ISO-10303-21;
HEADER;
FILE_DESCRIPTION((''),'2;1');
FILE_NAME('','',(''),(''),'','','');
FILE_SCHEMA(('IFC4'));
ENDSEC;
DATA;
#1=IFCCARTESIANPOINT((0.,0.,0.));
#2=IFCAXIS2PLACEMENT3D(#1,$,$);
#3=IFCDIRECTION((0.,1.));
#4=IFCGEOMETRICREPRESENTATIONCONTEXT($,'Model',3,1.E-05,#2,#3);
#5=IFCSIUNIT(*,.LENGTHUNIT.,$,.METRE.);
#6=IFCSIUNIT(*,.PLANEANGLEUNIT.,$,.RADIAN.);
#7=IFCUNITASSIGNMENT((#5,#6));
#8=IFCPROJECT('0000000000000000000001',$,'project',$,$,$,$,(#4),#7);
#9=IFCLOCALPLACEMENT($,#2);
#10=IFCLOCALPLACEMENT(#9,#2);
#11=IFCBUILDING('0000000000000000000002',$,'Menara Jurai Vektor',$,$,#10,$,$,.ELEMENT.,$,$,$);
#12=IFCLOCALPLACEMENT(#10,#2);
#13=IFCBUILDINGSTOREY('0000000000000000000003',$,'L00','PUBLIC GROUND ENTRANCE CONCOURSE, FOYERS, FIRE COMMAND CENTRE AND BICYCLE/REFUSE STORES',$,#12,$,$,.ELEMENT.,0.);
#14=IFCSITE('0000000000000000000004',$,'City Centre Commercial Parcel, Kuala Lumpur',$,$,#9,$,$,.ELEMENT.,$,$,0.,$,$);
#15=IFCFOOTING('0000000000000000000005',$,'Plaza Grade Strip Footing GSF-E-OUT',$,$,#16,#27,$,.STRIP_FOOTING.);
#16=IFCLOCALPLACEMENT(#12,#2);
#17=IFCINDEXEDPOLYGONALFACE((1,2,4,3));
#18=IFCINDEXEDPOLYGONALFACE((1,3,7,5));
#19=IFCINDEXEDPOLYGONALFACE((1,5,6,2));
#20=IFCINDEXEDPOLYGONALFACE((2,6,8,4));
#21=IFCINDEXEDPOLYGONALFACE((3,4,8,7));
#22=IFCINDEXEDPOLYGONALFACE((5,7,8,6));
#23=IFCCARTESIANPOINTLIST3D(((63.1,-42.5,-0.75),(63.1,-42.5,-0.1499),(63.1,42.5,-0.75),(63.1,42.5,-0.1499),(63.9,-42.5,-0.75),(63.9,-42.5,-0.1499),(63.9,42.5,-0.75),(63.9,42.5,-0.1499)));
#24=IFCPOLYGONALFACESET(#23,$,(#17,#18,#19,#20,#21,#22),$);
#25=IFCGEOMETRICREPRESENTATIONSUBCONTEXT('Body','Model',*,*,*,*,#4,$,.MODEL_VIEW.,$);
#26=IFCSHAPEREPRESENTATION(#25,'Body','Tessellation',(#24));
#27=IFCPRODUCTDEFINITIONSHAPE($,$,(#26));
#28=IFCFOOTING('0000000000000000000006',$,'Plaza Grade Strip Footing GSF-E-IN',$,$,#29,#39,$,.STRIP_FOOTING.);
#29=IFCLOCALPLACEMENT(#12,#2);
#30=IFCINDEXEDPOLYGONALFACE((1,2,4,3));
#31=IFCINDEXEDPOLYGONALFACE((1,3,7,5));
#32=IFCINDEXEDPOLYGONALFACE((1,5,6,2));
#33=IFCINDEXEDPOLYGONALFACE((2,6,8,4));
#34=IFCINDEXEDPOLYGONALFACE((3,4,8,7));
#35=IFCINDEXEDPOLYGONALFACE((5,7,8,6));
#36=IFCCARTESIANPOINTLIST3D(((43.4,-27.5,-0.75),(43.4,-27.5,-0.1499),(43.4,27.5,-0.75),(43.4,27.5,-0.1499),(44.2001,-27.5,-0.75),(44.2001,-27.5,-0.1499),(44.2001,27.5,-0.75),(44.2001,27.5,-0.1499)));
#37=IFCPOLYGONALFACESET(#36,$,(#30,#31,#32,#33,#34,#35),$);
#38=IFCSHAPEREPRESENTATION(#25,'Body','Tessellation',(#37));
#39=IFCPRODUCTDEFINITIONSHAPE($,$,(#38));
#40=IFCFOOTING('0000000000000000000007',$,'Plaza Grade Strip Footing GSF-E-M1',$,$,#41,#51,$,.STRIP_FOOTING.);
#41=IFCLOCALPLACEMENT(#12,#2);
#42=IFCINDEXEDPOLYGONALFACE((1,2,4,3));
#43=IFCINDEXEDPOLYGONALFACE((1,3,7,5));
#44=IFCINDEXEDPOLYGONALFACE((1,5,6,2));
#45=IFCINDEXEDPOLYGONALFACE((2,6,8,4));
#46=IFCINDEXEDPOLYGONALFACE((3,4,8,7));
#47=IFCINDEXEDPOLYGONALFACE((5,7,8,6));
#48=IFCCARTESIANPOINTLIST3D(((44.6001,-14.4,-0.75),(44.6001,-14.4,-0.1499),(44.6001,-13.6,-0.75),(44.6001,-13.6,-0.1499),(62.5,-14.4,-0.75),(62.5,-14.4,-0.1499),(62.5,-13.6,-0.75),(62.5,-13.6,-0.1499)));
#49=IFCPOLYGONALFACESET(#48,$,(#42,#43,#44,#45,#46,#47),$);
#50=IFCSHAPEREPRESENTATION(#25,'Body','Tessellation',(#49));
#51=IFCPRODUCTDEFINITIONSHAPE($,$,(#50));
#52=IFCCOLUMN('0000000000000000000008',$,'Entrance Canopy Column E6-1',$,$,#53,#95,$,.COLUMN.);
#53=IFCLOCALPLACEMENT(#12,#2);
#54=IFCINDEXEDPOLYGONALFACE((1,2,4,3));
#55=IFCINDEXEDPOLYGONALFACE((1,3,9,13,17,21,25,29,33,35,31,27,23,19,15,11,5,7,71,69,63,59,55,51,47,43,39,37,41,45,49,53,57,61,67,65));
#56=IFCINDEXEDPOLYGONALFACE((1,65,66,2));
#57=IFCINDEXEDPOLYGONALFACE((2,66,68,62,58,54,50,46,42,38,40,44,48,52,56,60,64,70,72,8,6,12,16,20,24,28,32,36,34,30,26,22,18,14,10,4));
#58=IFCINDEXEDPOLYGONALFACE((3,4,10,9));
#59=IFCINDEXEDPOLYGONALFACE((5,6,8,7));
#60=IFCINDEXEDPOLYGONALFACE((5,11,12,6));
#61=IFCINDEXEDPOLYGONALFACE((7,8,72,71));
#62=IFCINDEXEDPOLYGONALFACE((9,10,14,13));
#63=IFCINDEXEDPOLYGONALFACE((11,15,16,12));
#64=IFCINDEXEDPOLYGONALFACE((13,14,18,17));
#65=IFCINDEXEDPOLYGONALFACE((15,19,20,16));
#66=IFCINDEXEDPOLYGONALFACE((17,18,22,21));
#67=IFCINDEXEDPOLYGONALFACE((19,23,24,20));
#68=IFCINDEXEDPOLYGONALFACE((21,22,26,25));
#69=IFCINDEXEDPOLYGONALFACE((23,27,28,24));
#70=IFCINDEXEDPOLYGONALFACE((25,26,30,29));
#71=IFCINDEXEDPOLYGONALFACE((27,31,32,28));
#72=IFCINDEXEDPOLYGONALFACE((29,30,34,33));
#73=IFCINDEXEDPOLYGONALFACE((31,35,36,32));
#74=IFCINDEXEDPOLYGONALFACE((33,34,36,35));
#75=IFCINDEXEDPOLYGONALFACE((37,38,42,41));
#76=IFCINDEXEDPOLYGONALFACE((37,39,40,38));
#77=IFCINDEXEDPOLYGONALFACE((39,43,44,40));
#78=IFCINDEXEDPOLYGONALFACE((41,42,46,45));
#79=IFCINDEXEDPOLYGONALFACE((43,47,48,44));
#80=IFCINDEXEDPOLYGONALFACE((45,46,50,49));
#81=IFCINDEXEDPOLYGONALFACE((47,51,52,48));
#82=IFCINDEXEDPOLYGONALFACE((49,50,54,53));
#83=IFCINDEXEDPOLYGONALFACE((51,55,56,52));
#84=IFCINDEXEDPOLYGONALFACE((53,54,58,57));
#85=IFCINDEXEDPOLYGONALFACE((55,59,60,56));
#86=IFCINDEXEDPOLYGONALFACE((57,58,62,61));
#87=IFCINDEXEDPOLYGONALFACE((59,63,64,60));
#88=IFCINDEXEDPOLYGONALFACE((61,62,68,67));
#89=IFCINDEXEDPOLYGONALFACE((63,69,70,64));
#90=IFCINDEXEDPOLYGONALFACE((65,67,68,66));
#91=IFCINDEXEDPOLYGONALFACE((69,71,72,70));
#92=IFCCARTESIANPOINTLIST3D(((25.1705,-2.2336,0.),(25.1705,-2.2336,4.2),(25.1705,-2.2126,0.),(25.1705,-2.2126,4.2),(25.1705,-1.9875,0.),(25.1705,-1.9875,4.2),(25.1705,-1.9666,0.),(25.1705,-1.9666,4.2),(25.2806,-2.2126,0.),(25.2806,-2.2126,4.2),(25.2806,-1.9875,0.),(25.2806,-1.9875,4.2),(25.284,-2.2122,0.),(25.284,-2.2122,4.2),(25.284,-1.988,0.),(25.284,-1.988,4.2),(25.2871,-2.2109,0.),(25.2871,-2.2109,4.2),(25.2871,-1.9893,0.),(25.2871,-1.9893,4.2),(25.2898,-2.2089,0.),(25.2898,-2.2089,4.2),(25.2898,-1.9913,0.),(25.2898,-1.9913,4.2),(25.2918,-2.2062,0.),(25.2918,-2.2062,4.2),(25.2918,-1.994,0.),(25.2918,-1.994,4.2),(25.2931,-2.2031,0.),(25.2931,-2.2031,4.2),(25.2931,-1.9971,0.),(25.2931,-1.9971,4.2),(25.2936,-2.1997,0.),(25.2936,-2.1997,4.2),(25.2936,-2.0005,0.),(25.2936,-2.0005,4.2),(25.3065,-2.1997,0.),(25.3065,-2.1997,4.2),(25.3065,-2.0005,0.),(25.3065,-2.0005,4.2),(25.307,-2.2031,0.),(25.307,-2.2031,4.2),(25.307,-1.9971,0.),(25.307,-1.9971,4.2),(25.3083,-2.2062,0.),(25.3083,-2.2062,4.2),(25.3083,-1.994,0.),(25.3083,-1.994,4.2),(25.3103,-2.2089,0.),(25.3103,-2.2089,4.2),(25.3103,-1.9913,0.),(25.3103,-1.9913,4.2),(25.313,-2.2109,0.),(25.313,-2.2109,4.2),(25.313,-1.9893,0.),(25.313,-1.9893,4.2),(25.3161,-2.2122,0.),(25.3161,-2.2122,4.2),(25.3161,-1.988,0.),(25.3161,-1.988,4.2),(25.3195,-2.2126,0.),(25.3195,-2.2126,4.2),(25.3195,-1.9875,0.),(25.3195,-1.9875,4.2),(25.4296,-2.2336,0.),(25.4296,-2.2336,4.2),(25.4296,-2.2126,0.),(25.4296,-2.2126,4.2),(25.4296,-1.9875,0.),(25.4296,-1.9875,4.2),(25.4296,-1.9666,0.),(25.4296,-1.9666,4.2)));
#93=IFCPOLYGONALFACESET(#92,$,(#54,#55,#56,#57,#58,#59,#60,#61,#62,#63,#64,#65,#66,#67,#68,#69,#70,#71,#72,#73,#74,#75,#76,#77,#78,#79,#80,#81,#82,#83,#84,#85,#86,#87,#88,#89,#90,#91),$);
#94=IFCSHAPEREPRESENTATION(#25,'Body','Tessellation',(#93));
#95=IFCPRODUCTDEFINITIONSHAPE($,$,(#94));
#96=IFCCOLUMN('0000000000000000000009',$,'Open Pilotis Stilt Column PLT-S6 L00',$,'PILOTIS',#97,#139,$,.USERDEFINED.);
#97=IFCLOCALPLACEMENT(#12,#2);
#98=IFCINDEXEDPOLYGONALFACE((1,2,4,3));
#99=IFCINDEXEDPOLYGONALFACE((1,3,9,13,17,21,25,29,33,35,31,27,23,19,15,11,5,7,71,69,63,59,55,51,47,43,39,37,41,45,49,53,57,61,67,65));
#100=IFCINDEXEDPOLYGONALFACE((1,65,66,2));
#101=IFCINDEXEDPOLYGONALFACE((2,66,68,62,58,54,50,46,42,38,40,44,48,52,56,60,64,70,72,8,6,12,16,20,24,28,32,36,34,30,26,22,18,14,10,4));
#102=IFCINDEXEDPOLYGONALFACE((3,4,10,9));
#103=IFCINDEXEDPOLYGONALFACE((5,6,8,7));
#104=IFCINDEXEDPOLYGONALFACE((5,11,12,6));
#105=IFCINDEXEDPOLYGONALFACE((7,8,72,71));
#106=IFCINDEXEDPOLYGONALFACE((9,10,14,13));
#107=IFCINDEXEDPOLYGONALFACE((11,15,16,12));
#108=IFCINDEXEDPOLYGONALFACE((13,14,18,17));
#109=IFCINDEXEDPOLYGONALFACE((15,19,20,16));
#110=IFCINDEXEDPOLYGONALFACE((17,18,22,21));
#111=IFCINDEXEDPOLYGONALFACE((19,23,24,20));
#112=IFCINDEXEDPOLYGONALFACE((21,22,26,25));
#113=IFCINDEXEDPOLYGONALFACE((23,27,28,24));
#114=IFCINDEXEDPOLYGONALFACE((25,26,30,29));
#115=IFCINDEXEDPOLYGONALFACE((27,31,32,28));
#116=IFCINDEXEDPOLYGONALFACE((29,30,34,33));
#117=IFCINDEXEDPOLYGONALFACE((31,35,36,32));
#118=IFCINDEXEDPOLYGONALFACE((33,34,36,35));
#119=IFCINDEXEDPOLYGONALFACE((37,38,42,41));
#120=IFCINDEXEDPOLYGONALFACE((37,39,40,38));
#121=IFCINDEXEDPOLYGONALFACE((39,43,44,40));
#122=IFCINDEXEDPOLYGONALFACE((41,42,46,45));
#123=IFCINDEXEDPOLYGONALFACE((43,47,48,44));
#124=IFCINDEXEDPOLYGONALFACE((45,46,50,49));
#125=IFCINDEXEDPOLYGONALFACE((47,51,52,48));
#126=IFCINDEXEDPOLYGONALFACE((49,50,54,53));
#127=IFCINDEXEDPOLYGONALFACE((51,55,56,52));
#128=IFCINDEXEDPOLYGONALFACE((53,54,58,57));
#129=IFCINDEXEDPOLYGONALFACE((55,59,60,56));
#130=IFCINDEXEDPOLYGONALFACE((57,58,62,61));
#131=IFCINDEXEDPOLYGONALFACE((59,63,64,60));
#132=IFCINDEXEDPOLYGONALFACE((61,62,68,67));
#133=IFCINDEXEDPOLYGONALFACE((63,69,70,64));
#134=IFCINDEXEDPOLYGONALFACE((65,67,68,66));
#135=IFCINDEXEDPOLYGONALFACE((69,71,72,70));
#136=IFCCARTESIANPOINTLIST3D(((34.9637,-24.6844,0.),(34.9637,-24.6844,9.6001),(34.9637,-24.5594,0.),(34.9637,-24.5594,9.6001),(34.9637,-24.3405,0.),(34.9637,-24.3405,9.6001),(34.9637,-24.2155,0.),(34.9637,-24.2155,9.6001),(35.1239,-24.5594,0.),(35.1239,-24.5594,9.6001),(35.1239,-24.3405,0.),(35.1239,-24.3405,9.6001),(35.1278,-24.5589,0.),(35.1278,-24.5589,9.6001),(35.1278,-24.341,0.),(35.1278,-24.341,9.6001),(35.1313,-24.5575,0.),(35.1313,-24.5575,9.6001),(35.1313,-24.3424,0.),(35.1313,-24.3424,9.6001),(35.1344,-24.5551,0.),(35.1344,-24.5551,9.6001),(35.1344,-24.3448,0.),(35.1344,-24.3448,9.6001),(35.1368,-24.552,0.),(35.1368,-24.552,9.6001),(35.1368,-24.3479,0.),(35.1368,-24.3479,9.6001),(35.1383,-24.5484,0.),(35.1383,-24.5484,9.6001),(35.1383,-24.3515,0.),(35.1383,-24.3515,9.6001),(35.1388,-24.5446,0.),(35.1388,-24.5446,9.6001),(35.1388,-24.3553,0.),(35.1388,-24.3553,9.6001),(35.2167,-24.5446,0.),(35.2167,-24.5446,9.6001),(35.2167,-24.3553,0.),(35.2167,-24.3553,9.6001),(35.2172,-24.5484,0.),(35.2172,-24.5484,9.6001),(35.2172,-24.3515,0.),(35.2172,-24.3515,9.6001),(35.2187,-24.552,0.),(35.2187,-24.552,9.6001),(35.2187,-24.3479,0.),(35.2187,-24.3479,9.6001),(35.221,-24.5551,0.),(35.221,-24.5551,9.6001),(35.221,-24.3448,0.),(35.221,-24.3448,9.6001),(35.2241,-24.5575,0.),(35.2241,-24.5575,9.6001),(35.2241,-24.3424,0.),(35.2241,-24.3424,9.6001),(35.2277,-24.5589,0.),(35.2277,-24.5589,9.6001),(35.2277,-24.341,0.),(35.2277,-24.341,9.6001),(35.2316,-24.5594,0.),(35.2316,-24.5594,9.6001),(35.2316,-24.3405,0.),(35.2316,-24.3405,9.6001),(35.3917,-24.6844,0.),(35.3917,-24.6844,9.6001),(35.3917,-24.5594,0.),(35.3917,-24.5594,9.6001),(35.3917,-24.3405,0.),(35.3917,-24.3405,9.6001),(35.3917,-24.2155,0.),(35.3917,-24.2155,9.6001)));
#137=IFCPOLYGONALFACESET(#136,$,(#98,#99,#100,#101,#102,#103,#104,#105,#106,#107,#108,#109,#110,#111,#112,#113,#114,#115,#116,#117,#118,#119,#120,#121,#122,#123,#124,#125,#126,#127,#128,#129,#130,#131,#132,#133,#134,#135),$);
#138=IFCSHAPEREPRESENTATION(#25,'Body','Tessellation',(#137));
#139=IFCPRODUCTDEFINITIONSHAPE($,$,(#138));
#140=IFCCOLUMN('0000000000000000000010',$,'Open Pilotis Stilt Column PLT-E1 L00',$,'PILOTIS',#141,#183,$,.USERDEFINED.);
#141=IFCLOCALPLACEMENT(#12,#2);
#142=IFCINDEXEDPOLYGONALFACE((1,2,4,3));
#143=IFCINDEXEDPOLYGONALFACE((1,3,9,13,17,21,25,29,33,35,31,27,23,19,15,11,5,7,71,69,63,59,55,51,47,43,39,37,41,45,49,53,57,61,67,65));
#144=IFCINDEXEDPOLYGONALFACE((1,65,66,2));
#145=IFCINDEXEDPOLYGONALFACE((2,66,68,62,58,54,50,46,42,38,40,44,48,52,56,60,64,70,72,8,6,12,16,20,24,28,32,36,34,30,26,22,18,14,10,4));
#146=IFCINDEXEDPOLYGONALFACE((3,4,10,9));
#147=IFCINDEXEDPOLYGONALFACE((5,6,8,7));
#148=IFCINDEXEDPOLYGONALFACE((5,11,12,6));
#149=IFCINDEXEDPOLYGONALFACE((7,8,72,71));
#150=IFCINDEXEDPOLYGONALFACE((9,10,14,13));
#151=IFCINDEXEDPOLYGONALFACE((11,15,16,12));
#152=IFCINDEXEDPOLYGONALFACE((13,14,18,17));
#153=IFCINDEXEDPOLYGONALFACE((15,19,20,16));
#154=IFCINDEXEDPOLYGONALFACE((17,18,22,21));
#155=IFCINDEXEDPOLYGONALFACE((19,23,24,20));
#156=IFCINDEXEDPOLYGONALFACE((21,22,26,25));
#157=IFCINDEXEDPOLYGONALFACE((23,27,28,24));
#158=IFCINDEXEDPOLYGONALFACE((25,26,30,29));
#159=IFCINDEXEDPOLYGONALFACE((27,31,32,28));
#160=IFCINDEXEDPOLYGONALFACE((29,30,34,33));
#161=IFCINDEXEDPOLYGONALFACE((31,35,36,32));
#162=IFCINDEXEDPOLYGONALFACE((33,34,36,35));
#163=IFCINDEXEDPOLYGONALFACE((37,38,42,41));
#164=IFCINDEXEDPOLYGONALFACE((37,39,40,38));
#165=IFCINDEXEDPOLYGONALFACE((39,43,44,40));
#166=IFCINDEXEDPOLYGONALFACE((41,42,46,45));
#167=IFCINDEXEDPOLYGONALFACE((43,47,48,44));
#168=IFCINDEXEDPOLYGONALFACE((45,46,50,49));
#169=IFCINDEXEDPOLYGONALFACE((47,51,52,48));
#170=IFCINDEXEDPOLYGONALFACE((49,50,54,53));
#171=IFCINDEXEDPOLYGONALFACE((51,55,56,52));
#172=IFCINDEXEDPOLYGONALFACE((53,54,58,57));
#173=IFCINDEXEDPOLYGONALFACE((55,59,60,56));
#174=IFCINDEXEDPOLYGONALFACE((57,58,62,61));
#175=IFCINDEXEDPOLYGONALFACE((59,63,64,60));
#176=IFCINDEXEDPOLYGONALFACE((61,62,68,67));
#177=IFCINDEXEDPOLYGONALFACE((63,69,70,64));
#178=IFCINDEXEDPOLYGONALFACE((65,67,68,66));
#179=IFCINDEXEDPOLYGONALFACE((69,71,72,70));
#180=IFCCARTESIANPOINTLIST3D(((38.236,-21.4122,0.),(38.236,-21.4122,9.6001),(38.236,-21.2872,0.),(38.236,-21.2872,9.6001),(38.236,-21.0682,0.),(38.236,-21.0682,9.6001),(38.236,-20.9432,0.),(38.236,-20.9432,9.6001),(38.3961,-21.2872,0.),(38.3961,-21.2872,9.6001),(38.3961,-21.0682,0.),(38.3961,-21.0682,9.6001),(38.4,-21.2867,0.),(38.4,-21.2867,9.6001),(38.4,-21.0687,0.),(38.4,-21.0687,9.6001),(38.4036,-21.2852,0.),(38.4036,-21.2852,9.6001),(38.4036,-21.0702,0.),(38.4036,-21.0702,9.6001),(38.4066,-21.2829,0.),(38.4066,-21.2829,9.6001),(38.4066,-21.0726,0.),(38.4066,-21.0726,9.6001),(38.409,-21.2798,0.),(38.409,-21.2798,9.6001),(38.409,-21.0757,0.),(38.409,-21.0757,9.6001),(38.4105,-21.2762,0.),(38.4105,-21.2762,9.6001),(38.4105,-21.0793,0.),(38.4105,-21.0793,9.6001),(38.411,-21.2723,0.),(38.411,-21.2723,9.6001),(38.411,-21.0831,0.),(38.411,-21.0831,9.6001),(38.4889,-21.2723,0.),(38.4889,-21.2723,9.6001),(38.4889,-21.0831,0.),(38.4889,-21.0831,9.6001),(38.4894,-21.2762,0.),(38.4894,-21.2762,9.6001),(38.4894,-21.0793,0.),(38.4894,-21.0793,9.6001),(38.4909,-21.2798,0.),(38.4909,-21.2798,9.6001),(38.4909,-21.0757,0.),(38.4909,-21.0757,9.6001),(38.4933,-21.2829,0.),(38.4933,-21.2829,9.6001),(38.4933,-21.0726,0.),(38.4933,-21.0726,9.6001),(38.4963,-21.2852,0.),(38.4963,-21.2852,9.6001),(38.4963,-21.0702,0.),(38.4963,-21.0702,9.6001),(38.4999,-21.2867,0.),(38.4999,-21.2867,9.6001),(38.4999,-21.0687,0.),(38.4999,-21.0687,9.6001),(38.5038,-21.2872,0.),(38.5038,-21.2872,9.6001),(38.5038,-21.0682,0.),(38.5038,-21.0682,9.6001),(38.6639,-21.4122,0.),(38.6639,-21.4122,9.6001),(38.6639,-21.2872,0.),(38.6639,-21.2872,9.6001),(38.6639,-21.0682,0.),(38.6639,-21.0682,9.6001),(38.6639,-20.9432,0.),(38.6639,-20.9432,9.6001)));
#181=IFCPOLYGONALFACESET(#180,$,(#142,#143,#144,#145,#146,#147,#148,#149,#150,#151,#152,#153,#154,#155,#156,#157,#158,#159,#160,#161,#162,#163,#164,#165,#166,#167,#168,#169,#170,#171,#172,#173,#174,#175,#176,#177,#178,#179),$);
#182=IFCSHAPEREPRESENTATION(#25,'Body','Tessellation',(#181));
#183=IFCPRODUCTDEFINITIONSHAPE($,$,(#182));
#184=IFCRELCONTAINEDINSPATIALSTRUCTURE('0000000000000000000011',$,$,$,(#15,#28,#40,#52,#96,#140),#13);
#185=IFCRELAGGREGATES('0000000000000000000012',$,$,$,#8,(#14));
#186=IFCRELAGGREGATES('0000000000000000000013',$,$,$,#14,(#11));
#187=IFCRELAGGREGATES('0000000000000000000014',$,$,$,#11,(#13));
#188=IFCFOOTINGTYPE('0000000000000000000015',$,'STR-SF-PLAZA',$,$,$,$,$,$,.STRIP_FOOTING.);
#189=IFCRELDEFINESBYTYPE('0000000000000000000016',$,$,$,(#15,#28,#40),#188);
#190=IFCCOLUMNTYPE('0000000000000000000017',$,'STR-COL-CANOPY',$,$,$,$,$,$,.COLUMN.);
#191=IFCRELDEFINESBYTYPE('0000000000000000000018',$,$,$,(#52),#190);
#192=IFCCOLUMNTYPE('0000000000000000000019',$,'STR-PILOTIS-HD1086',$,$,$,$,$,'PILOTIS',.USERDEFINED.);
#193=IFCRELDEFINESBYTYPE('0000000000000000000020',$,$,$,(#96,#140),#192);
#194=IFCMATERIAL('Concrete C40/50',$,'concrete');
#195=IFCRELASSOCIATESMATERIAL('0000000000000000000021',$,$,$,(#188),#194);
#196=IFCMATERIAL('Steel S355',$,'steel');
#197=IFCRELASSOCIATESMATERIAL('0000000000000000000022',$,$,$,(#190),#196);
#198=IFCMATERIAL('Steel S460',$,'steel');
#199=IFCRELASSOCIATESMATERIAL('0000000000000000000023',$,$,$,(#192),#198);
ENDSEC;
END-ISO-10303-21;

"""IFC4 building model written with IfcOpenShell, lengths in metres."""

from ifc_helpers import new_model, si_unit, direction, frame, origin, origin_2d, place, context, subcontext, project, spatial, rectangle, i_section, extrude, material, material_profile, profile_set, type_object, element, save


model = new_model("IFC4")

# Units and contexts
model_context = context("Model", 3, precision=1e-05, world=origin(), true_north=direction((0.0, 1.0)))
body_context = subcontext(model_context, "Body", "Model", "MODEL_VIEW")
ifc_project = project(units=[si_unit("LENGTHUNIT", "METRE"), si_unit("PLANEANGLEUNIT", "RADIAN")], contexts=[model_context])

# Site, building, storey
site_placement = place(None, origin())
site = spatial("IfcSite", under=ifc_project, at=site_placement, Name="City Centre Commercial Parcel, Kuala Lumpur", CompositionType="ELEMENT", RefElevation=0.0)
building_placement = place(site_placement, origin())
building = spatial("IfcBuilding", under=site, at=building_placement, Name="Menara Jurai Vektor", CompositionType="ELEMENT")
storey_placement = place(building_placement, origin())
storey = spatial("IfcBuildingStorey", under=building, at=storey_placement, Name="L00", Description="PUBLIC GROUND ENTRANCE CONCOURSE, FOYERS, FIRE COMMAND CENTRE AND BICYCLE/REFUSE STORES", CompositionType="ELEMENT", Elevation=0.0)

# Footings
ifc_material_1 = material(Name="Concrete C40/50", Category="concrete")
ifc_material_profile_1 = material_profile(ifc_material_1, rectangle(XDim=0.8, YDim=0.6001, at=origin_2d()), Name="RC 800x600")
ifc_profile_set_1 = profile_set([ifc_material_profile_1], Name="Concrete C40/50")
footing_type = type_object("IfcFootingType", Name="STR-SF-PLAZA", PredefinedType="STRIP_FOOTING", material=ifc_profile_set_1)
footing_1_placement = place(storey_placement, frame((63.5, -42.5, -0.45), z_axis=(0.0, 1.0, 0.0), x_axis=(-1.0, 0.0, 0.0)))
element("IfcFooting", 1, at=footing_1_placement, inside=storey, type_object=footing_type, Name="Plaza Grade Strip Footing GSF-E-OUT", PredefinedType="STRIP_FOOTING", context=body_context, shape_type="SweptSolid", body=[
    extrude(rectangle(XDim=0.8, YDim=0.6001, at=origin_2d()), origin(), (0.0, 0.0, 1.0), 85.0),
])
footing_2_placement = place(storey_placement, frame((43.8, -27.5, -0.45), z_axis=(0.0, 1.0, 0.0), x_axis=(-1.0, 0.0, 0.0)))
element("IfcFooting", 2, at=footing_2_placement, inside=storey, type_object=footing_type, Name="Plaza Grade Strip Footing GSF-E-IN", PredefinedType="STRIP_FOOTING", context=body_context, shape_type="SweptSolid", body=[
    extrude(rectangle(XDim=0.8, YDim=0.6001, at=origin_2d()), origin(), (0.0, 0.0, 1.0), 55.0),
])
footing_3_placement = place(storey_placement, frame((44.6001, -14.0, -0.45), z_axis=(1.0, 0.0, 0.0), x_axis=(0.0, 1.0, 0.0)))
element("IfcFooting", 3, at=footing_3_placement, inside=storey, type_object=footing_type, Name="Plaza Grade Strip Footing GSF-E-M1", PredefinedType="STRIP_FOOTING", context=body_context, shape_type="SweptSolid", body=[
    extrude(rectangle(XDim=0.8, YDim=0.6001, at=origin_2d()), origin(), (0.0, 0.0, 1.0), 17.8999),
])

# Columns
ifc_material_2 = material(Name="Steel S355", Category="steel")
ifc_material_profile_2 = material_profile(ifc_material_2, i_section(OverallWidth=0.259, OverallDepth=0.2671, WebThickness=0.0129, FlangeThickness=0.021, FilletRadius=0.0129, at=origin_2d()), Name="UKC 254x254x107")
ifc_profile_set_2 = profile_set([ifc_material_profile_2], Name="Steel S355")
column_type_1 = type_object("IfcColumnType", Name="STR-COL-CANOPY", PredefinedType="COLUMN", material=ifc_profile_set_2)
column_placement = place(storey_placement, frame((25.3, -2.1001, 0.0), z_axis=(0.0, 0.0, 1.0), x_axis=(1.0, 0.0, 0.0)))
element("IfcColumn", 4, at=column_placement, inside=storey, type_object=column_type_1, Name="Entrance Canopy Column E6-1", PredefinedType="COLUMN", context=body_context, shape_type="SweptSolid", body=[
    extrude(i_section(OverallWidth=0.259, OverallDepth=0.2671, WebThickness=0.0129, FlangeThickness=0.021, FilletRadius=0.0129, at=origin_2d()), origin(), (0.0, 0.0, 1.0), 4.2),
])
ifc_material_3 = material(Name="Steel S460", Category="steel")
ifc_material_profile_3 = material_profile(ifc_material_3, i_section(OverallWidth=0.428, OverallDepth=0.469, WebThickness=0.0779, FlangeThickness=0.125, FilletRadius=0.0149, at=origin_2d()), Name="HD 400x1086")
ifc_profile_set_3 = profile_set([ifc_material_profile_3], Name="Steel S460")
column_type_2 = type_object("IfcColumnType", Name="STR-PILOTIS-HD1086", ElementType="PILOTIS", PredefinedType="USERDEFINED", material=ifc_profile_set_3)
for number, where, z_axis, x_axis, name in (
    (5, (35.1777, -24.45, 0.0), (0.0, 0.0, 1.0), (1.0, 0.0, 0.0), "Open Pilotis Stilt Column PLT-S6 L00"),
    (6, (38.45, -21.1777, 0.0), (0.0, 0.0, 1.0), (1.0, 0.0, 0.0), "Open Pilotis Stilt Column PLT-E1 L00"),
):
    element("IfcColumn", number, at=place(storey_placement, frame(where, z_axis=z_axis, x_axis=x_axis)), inside=storey, type_object=column_type_2, Name=name, ObjectType="PILOTIS", PredefinedType="USERDEFINED", context=body_context, shape_type="SweptSolid", body=[
        extrude(i_section(OverallWidth=0.428, OverallDepth=0.469, WebThickness=0.0779, FlangeThickness=0.125, FilletRadius=0.0149, at=origin_2d()), origin(), (0.0, 0.0, 1.0), 9.6001),
    ])

save(model, "model.ifc")
